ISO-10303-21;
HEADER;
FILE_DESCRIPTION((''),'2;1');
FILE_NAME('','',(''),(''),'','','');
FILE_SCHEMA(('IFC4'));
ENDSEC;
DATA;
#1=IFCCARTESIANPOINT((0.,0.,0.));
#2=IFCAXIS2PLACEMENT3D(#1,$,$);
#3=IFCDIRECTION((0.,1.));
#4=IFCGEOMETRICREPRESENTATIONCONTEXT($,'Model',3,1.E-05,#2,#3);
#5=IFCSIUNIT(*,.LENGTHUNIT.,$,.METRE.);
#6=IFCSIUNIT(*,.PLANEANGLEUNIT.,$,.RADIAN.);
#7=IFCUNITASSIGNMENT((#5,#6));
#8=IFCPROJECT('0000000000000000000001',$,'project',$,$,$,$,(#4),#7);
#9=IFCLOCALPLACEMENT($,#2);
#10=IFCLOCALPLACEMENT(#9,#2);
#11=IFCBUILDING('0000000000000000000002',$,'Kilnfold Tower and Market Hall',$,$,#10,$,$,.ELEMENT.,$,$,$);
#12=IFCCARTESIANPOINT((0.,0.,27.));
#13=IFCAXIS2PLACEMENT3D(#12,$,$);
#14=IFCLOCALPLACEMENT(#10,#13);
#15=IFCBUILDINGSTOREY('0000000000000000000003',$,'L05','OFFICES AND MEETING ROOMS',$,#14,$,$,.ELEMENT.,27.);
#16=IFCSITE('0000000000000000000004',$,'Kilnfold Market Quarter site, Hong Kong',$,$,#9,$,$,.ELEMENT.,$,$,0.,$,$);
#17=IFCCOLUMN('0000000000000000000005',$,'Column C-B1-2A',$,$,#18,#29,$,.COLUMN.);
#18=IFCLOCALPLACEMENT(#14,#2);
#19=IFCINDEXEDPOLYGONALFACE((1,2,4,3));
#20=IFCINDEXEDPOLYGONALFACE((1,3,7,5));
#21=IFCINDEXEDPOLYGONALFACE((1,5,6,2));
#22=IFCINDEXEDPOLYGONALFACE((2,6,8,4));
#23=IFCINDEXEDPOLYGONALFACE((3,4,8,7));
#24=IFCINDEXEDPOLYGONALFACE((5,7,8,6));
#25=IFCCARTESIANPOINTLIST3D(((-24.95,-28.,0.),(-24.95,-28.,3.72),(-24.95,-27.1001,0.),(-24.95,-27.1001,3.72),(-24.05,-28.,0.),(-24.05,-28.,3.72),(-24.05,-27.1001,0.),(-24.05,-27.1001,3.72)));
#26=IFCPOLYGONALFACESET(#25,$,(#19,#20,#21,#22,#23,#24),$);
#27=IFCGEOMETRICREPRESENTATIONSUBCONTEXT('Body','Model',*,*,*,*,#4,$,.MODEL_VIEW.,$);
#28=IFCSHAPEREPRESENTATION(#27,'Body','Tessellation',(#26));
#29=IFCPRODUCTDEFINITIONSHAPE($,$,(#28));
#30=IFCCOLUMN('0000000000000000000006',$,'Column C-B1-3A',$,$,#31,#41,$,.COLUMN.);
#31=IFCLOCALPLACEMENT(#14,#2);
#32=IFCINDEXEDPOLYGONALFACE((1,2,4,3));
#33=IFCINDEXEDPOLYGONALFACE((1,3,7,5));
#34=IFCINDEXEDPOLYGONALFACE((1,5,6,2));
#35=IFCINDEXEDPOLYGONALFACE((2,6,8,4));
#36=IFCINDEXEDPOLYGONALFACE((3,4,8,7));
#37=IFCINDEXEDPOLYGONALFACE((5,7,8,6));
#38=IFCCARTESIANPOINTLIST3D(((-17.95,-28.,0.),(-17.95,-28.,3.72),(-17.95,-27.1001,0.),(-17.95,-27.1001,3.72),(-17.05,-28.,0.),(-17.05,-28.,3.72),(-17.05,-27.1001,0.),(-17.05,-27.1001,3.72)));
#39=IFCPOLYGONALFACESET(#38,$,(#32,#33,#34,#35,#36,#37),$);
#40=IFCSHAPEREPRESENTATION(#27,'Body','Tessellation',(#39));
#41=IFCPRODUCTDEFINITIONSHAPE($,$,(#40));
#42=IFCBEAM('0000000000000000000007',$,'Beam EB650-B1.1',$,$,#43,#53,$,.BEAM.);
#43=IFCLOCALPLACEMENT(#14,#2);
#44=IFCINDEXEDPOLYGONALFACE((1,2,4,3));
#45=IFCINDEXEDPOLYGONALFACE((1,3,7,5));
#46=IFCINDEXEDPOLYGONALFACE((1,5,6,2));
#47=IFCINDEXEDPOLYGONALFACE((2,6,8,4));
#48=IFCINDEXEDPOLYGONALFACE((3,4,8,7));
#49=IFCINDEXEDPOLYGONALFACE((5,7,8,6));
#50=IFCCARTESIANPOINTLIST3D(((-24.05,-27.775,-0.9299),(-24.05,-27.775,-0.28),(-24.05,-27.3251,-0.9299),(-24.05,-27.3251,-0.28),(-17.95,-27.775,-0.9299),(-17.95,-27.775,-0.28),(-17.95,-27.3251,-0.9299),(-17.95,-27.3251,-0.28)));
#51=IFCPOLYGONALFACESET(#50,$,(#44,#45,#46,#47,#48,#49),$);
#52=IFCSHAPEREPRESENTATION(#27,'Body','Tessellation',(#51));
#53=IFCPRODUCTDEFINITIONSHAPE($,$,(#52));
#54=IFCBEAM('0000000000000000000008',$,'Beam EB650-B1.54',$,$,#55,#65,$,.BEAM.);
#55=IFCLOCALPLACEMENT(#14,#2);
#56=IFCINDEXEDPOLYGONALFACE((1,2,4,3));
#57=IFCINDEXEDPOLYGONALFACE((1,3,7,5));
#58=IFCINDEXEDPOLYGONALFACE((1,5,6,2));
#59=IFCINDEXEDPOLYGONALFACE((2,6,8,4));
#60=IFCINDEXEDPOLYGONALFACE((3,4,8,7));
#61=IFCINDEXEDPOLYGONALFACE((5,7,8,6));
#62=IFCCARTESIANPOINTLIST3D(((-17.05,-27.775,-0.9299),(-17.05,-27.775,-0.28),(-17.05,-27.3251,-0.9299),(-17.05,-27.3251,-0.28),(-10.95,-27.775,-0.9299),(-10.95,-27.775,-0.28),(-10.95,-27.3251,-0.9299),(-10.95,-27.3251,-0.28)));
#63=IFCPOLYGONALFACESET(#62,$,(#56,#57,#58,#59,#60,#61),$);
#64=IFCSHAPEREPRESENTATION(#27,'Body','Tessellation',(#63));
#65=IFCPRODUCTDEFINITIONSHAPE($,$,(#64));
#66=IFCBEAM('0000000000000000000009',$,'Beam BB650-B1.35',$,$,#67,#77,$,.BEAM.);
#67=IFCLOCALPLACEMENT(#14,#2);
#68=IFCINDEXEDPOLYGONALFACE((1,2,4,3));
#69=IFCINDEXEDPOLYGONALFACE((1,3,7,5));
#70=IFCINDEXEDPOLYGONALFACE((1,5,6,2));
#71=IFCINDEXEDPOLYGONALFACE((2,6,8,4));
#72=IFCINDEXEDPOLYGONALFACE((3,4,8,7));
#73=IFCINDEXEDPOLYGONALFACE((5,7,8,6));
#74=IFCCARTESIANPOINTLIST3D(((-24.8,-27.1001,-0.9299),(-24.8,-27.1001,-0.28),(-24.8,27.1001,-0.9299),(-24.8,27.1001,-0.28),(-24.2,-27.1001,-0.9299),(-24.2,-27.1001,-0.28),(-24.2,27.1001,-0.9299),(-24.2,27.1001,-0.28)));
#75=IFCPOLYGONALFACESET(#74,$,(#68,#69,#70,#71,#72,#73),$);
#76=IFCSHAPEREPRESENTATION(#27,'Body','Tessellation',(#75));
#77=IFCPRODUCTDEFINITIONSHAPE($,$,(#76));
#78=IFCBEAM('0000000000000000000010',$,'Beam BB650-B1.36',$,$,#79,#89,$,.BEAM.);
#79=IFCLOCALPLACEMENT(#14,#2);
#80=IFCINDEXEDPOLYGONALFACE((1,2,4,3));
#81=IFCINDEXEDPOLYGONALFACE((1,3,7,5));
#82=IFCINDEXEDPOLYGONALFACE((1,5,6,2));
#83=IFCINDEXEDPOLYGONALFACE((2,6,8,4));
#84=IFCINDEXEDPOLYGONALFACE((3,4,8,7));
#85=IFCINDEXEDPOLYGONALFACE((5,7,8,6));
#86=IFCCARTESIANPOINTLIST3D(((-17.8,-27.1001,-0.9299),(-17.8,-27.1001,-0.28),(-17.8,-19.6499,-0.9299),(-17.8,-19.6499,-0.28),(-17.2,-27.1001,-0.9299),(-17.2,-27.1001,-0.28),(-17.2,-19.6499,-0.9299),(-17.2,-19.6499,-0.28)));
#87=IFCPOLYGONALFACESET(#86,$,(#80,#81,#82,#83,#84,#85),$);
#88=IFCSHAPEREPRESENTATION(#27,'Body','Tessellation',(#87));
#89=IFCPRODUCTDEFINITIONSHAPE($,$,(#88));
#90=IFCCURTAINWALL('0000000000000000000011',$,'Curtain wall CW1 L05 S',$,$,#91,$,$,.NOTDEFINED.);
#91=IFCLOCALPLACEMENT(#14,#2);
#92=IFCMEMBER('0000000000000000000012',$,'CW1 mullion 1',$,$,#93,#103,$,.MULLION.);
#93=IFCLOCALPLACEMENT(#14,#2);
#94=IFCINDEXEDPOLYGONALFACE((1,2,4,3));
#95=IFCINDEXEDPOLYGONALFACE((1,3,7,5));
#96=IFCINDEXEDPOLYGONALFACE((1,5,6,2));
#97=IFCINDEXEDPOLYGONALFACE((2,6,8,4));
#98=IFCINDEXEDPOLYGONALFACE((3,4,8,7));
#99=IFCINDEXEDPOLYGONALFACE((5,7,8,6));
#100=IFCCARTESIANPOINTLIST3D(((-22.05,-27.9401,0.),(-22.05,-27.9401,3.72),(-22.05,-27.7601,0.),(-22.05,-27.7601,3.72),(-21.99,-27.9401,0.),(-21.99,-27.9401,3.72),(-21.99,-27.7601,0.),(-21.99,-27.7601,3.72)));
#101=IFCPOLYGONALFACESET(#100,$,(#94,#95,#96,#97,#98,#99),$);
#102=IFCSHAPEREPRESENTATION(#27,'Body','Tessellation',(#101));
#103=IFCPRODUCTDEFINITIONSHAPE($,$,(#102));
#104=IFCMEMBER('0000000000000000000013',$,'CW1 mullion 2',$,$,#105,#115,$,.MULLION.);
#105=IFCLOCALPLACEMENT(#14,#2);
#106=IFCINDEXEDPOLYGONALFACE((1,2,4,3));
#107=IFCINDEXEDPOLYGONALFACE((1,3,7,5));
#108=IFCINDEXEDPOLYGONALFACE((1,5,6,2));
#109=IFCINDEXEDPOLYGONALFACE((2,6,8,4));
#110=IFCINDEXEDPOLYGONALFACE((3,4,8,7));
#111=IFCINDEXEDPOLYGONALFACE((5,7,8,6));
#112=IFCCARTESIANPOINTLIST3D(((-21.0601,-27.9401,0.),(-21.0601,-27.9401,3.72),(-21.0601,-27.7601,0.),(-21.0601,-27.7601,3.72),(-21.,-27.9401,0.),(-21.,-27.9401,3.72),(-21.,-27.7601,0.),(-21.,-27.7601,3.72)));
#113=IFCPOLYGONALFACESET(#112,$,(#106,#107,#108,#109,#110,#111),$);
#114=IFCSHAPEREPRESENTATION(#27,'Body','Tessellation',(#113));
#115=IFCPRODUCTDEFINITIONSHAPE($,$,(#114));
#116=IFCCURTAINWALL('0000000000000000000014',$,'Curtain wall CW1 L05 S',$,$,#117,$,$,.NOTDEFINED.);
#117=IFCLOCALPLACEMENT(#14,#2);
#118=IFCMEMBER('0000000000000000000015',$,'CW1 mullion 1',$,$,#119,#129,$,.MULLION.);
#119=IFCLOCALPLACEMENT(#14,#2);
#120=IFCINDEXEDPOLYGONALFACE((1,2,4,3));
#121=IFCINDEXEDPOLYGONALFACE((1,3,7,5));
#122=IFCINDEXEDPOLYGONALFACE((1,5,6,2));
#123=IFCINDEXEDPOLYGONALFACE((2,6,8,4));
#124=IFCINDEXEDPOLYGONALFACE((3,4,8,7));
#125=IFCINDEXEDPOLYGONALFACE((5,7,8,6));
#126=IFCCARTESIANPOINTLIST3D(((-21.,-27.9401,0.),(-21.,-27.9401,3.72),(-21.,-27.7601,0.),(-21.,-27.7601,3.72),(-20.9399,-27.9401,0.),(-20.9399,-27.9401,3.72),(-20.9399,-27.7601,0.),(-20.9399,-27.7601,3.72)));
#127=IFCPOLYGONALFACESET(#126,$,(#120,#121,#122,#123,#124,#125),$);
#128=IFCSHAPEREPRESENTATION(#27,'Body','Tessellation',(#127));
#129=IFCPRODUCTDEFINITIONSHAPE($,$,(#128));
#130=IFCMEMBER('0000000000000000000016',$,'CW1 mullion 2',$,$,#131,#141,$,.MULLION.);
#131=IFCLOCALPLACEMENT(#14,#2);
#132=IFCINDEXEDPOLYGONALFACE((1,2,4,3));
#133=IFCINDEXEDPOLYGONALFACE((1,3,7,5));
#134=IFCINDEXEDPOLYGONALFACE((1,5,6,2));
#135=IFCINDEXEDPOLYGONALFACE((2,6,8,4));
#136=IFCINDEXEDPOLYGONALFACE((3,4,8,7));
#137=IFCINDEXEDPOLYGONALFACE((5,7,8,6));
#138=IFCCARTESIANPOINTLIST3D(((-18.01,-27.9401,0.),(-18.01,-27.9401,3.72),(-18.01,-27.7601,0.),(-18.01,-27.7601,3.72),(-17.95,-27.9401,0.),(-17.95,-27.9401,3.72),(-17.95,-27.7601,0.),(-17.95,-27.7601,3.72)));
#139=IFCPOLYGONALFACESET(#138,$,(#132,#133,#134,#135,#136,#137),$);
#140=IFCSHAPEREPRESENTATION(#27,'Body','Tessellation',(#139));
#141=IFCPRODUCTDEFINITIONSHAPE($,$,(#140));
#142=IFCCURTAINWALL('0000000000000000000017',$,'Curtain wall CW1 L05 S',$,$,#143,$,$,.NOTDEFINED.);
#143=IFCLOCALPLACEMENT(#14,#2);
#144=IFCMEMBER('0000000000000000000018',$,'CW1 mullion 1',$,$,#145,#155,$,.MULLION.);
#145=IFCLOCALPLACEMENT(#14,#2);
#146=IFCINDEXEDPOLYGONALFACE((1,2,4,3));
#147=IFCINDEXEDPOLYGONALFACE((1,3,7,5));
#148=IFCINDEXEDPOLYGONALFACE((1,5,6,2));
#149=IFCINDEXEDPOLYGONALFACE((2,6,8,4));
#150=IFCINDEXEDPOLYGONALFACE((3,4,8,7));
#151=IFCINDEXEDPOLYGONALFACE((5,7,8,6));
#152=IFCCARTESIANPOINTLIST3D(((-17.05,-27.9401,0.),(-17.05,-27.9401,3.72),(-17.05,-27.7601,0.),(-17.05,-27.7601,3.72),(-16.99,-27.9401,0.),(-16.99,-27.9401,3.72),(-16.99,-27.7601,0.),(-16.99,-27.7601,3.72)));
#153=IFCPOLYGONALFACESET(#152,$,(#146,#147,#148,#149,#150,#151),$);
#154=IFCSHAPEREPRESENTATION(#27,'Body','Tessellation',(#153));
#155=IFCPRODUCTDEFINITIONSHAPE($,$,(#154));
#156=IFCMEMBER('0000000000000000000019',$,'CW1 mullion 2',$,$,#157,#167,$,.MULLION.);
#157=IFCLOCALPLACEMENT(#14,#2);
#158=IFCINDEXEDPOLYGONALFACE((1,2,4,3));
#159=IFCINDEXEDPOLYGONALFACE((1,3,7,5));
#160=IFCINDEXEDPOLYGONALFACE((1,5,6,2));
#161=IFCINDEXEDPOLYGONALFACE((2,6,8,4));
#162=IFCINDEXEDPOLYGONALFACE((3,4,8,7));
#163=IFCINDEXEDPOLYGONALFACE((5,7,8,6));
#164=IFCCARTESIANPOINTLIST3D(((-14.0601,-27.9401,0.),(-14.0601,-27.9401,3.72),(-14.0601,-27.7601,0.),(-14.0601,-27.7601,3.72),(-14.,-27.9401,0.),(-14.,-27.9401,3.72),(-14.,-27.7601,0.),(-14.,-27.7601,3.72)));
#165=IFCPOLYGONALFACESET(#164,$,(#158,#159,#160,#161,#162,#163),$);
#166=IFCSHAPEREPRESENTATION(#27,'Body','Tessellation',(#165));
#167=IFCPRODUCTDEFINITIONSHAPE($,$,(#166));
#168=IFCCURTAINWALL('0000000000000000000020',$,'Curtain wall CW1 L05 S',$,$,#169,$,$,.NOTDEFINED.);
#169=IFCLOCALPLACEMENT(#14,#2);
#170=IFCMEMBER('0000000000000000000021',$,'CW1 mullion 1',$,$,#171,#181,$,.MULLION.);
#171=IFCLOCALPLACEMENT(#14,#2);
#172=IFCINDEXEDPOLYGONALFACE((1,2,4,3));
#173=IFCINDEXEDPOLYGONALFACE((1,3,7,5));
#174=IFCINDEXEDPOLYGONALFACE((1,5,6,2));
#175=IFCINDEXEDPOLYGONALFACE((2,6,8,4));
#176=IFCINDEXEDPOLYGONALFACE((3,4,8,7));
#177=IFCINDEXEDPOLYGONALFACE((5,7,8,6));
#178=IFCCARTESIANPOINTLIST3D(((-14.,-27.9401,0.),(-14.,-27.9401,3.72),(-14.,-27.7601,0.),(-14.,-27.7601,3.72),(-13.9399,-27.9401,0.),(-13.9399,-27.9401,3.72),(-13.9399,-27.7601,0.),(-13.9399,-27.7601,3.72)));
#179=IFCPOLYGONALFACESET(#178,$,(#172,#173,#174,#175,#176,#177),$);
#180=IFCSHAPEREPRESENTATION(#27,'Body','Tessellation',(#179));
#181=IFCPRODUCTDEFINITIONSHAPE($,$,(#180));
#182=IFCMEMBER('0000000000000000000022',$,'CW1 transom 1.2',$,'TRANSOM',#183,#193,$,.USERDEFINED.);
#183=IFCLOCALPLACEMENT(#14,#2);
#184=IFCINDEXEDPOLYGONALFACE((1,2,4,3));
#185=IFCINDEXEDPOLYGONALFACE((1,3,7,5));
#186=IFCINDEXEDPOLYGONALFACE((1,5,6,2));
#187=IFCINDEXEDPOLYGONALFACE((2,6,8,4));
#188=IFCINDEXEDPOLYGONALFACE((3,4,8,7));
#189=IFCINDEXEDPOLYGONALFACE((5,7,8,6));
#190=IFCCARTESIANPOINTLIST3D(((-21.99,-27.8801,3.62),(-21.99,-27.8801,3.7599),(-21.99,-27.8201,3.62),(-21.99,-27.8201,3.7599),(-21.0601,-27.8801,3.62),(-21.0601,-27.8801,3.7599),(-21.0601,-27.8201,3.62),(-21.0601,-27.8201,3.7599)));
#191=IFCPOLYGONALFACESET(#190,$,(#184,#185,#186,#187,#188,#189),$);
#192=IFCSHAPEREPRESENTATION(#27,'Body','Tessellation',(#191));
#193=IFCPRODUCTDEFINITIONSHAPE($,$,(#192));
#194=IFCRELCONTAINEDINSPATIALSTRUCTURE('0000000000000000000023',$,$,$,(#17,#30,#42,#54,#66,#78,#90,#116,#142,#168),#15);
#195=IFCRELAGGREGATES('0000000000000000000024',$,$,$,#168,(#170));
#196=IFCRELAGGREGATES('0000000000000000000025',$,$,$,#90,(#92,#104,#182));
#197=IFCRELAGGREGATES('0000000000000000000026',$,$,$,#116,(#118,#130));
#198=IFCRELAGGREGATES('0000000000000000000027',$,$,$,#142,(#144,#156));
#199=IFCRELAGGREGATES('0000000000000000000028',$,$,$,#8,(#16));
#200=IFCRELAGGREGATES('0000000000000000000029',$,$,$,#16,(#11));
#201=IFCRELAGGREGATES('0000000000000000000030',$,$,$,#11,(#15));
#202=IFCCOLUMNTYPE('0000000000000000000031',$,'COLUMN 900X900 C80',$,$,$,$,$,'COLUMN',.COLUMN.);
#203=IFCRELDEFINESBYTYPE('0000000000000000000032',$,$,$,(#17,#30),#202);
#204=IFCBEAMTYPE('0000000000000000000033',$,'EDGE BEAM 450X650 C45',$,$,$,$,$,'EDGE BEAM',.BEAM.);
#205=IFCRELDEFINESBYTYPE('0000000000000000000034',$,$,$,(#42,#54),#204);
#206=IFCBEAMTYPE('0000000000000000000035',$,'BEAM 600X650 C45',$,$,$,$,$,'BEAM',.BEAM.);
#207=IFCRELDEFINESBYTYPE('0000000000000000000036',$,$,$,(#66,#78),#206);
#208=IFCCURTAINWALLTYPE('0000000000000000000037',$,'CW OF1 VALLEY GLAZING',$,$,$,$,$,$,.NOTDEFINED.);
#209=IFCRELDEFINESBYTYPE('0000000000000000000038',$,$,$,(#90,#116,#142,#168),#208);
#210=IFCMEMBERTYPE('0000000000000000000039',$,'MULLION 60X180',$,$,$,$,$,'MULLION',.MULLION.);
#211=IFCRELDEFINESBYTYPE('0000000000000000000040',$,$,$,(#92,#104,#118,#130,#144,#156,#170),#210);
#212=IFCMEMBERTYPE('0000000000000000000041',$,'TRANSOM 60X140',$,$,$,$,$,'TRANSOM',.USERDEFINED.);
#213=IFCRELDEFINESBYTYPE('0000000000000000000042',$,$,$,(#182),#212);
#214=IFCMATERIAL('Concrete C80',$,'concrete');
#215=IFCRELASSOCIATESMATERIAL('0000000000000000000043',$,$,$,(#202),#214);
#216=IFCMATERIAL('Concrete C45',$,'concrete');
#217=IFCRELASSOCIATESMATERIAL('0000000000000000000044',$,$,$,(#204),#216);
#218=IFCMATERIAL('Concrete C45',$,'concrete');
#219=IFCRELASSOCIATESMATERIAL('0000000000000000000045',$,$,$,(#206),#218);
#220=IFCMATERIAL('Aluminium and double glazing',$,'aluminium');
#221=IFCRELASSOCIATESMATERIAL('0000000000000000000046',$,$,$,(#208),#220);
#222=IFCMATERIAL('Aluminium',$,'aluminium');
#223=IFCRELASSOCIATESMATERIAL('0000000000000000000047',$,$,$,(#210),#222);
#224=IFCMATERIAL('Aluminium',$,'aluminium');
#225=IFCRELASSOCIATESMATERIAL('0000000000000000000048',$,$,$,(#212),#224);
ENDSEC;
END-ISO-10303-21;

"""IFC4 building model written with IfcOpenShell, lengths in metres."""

from ifc_helpers import new_model, si_unit, direction, frame, origin, origin_2d, place, context, subcontext, project, spatial, rectangle, extrude, source, transform, mapped, material, material_profile, profile_set, type_object, element, aggregate, save


model = new_model("IFC4")

# Units and contexts
model_context = context("Model", 3, precision=1e-05, world=origin(), true_north=direction((0.0, 1.0)))
body_context = subcontext(model_context, "Body", "Model", "MODEL_VIEW")
ifc_project = project(units=[si_unit("LENGTHUNIT", "METRE"), si_unit("PLANEANGLEUNIT", "RADIAN")], contexts=[model_context])

# Site, building, storey
site_placement = place(None, origin())
site = spatial("IfcSite", under=ifc_project, at=site_placement, Name="Kilnfold Market Quarter site, Hong Kong", CompositionType="ELEMENT", RefElevation=0.0)
building_placement = place(site_placement, origin())
building = spatial("IfcBuilding", under=site, at=building_placement, Name="Kilnfold Tower and Market Hall", CompositionType="ELEMENT")
storey_placement = place(building_placement, frame((0.0, 0.0, 27.0)))
storey = spatial("IfcBuildingStorey", under=building, at=storey_placement, Name="L05", Description="OFFICES AND MEETING ROOMS", CompositionType="ELEMENT", Elevation=27.0)

# Columns
ifc_material_1 = material(Name="Concrete C80", Category="concrete")
ifc_material_profile_1 = material_profile(ifc_material_1, rectangle(XDim=0.8999, YDim=0.8999, at=origin_2d()), Name="RC 900x900")
ifc_profile_set_1 = profile_set([ifc_material_profile_1], Name="Concrete C80")
column_type = type_object("IfcColumnType", Name="COLUMN 900X900 C80", ElementType="COLUMN", PredefinedType="COLUMN", material=ifc_profile_set_1)
shared_shape_1 = source(origin(), body_context, "Body", "SweptSolid", [
    extrude(rectangle(XDim=0.8999, YDim=0.8999, at=origin_2d()), origin(), (0.0, 0.0, 1.0), 3.72),
])
for number, where, z_axis, x_axis, name in (
    (1, (-24.5, -27.55, 0.0), (0.0, 0.0, 1.0), (1.0, 0.0, 0.0), "Column C-B1-2A"),
    (2, (-17.5, -27.55, 0.0), (0.0, 0.0, 1.0), (1.0, 0.0, 0.0), "Column C-B1-3A"),
):
    element("IfcColumn", number, at=place(storey_placement, frame(where, z_axis=z_axis, x_axis=x_axis)), inside=storey, type_object=column_type, Name=name, PredefinedType="COLUMN", context=body_context, shape_type="MappedRepresentation", body=[
        mapped(shared_shape_1, transform((0.0, 0.0, 0.0))),
    ])

# Beams
ifc_material_2 = material(Name="Concrete C45", Category="concrete")
ifc_material_profile_2 = material_profile(ifc_material_2, rectangle(XDim=0.45, YDim=0.6499, at=origin_2d()), Name="RC 450x650")
ifc_profile_set_2 = profile_set([ifc_material_profile_2], Name="Concrete C45")
beam_type_1 = type_object("IfcBeamType", Name="EDGE BEAM 450X650 C45", ElementType="EDGE BEAM", PredefinedType="BEAM", material=ifc_profile_set_2)
shared_shape_2 = source(origin(), body_context, "Body", "SweptSolid", [
    extrude(rectangle(XDim=0.45, YDim=0.6499, at=origin_2d()), origin(), (0.0, 0.0, 1.0), 6.1001),
])
for number, where, z_axis, x_axis, name in (
    (3, (-24.05, -27.55, -0.605), (1.0, 0.0, 0.0), (0.0, 1.0, 0.0), "Beam EB650-B1.1"),
    (4, (-17.05, -27.55, -0.605), (1.0, 0.0, 0.0), (0.0, 1.0, 0.0), "Beam EB650-B1.54"),
):
    element("IfcBeam", number, at=place(storey_placement, frame(where, z_axis=z_axis, x_axis=x_axis)), inside=storey, type_object=beam_type_1, Name=name, PredefinedType="BEAM", context=body_context, shape_type="MappedRepresentation", body=[
        mapped(shared_shape_2, transform((0.0, 0.0, 0.0))),
    ])
ifc_material_3 = material(Name="Concrete C45", Category="concrete")
ifc_material_profile_3 = material_profile(ifc_material_3, rectangle(XDim=0.6001, YDim=0.6499, at=origin_2d()), Name="RC 600x650")
ifc_profile_set_3 = profile_set([ifc_material_profile_3], Name="Concrete C45")
beam_type_2 = type_object("IfcBeamType", Name="BEAM 600X650 C45", ElementType="BEAM", PredefinedType="BEAM", material=ifc_profile_set_3)
shared_shape_3 = source(origin(), body_context, "Body", "SweptSolid", [
    extrude(rectangle(XDim=0.6001, YDim=0.6499, at=origin_2d()), origin(), (0.0, 0.0, 1.0), 54.2002),
])
beam_1_placement = place(storey_placement, frame((-24.5, -27.1001, -0.605), z_axis=(0.0, 1.0, 0.0), x_axis=(-1.0, 0.0, 0.0)))
element("IfcBeam", 5, at=beam_1_placement, inside=storey, type_object=beam_type_2, Name="Beam BB650-B1.35", PredefinedType="BEAM", context=body_context, shape_type="MappedRepresentation", body=[
    mapped(shared_shape_3, transform((0.0, 0.0, 0.0))),
])
shared_shape_4 = source(origin(), body_context, "Body", "SweptSolid", [
    extrude(rectangle(XDim=0.6001, YDim=0.6499, at=origin_2d()), origin(), (0.0, 0.0, 1.0), 7.4502),
])
beam_2_placement = place(storey_placement, frame((-17.5, -27.1001, -0.605), z_axis=(0.0, 1.0, 0.0), x_axis=(-1.0, 0.0, 0.0)))
element("IfcBeam", 6, at=beam_2_placement, inside=storey, type_object=beam_type_2, Name="Beam BB650-B1.36", PredefinedType="BEAM", context=body_context, shape_type="MappedRepresentation", body=[
    mapped(shared_shape_4, transform((0.0, 0.0, 0.0))),
])

# Curtain walls, members
ifc_material_4 = material(Name="Aluminium and double glazing", Category="aluminium")
curtain_wall_type = type_object("IfcCurtainWallType", Name="CW OF1 VALLEY GLAZING", PredefinedType="NOTDEFINED", material=ifc_material_4)
curtain_wall_1_placement = place(storey_placement, origin())
curtain_wall_1 = element("IfcCurtainWall", 7, at=curtain_wall_1_placement, inside=storey, type_object=curtain_wall_type, Name="Curtain wall CW1 L05 S", PredefinedType="NOTDEFINED")
ifc_material_5 = material(Name="Aluminium", Category="aluminium")
ifc_material_profile_4 = material_profile(ifc_material_5, rectangle(XDim=0.0601, YDim=0.1799, at=origin_2d()), Name="MULLION 60x180")
ifc_profile_set_4 = profile_set([ifc_material_profile_4], Name="Aluminium")
member_type_1 = type_object("IfcMemberType", Name="MULLION 60X180", ElementType="MULLION", PredefinedType="MULLION", material=ifc_profile_set_4)
shared_shape_5 = source(origin(), body_context, "Body", "SweptSolid", [
    extrude(rectangle(XDim=0.0601, YDim=0.1799, at=origin_2d()), origin(), (0.0, 0.0, 1.0), 3.72),
])
member_1_placement = place(storey_placement, frame((-22.02, -27.8501, 0.0), z_axis=(0.0, 0.0, 1.0), x_axis=(1.0, 0.0, 0.0)))
member_1 = element("IfcMember", 8, at=member_1_placement, type_object=member_type_1, Name="CW1 mullion 1", PredefinedType="MULLION", context=body_context, shape_type="MappedRepresentation", body=[
    mapped(shared_shape_5, transform((0.0, 0.0, 0.0))),
])
member_2_placement = place(storey_placement, frame((-21.03, -27.8501, 0.0), z_axis=(0.0, 0.0, 1.0), x_axis=(1.0, 0.0, 0.0)))
member_2 = element("IfcMember", 9, at=member_2_placement, type_object=member_type_1, Name="CW1 mullion 2", PredefinedType="MULLION", context=body_context, shape_type="MappedRepresentation", body=[
    mapped(shared_shape_5, transform((0.0, 0.0, 0.0))),
])
curtain_wall_2_placement = place(storey_placement, origin())
curtain_wall_2 = element("IfcCurtainWall", 10, at=curtain_wall_2_placement, inside=storey, type_object=curtain_wall_type, Name="Curtain wall CW1 L05 S", PredefinedType="NOTDEFINED")
member_3_placement = place(storey_placement, frame((-20.97, -27.8501, 0.0), z_axis=(0.0, 0.0, 1.0), x_axis=(1.0, 0.0, 0.0)))
member_3 = element("IfcMember", 11, at=member_3_placement, type_object=member_type_1, Name="CW1 mullion 1", PredefinedType="MULLION", context=body_context, shape_type="MappedRepresentation", body=[
    mapped(shared_shape_5, transform((0.0, 0.0, 0.0))),
])
member_4_placement = place(storey_placement, frame((-17.98, -27.8501, 0.0), z_axis=(0.0, 0.0, 1.0), x_axis=(1.0, 0.0, 0.0)))
member_4 = element("IfcMember", 12, at=member_4_placement, type_object=member_type_1, Name="CW1 mullion 2", PredefinedType="MULLION", context=body_context, shape_type="MappedRepresentation", body=[
    mapped(shared_shape_5, transform((0.0, 0.0, 0.0))),
])
curtain_wall_3_placement = place(storey_placement, origin())
curtain_wall_3 = element("IfcCurtainWall", 13, at=curtain_wall_3_placement, inside=storey, type_object=curtain_wall_type, Name="Curtain wall CW1 L05 S", PredefinedType="NOTDEFINED")
member_5_placement = place(storey_placement, frame((-17.02, -27.8501, 0.0), z_axis=(0.0, 0.0, 1.0), x_axis=(1.0, 0.0, 0.0)))
member_5 = element("IfcMember", 14, at=member_5_placement, type_object=member_type_1, Name="CW1 mullion 1", PredefinedType="MULLION", context=body_context, shape_type="MappedRepresentation", body=[
    mapped(shared_shape_5, transform((0.0, 0.0, 0.0))),
])
member_6_placement = place(storey_placement, frame((-14.03, -27.8501, 0.0), z_axis=(0.0, 0.0, 1.0), x_axis=(1.0, 0.0, 0.0)))
member_6 = element("IfcMember", 15, at=member_6_placement, type_object=member_type_1, Name="CW1 mullion 2", PredefinedType="MULLION", context=body_context, shape_type="MappedRepresentation", body=[
    mapped(shared_shape_5, transform((0.0, 0.0, 0.0))),
])

# Curtain wall, member
curtain_wall_4_placement = place(storey_placement, origin())
curtain_wall_4 = element("IfcCurtainWall", 16, at=curtain_wall_4_placement, inside=storey, type_object=curtain_wall_type, Name="Curtain wall CW1 L05 S", PredefinedType="NOTDEFINED")
member_7_placement = place(storey_placement, frame((-13.97, -27.8501, 0.0), z_axis=(0.0, 0.0, 1.0), x_axis=(1.0, 0.0, 0.0)))
member_7 = element("IfcMember", 17, at=member_7_placement, type_object=member_type_1, Name="CW1 mullion 1", PredefinedType="MULLION", context=body_context, shape_type="MappedRepresentation", body=[
    mapped(shared_shape_5, transform((0.0, 0.0, 0.0))),
])

# Member
ifc_material_6 = material(Name="Aluminium", Category="aluminium")
ifc_material_profile_5 = material_profile(ifc_material_6, rectangle(XDim=0.0601, YDim=0.1399, at=origin_2d()), Name="TRANSOM 60x140")
ifc_profile_set_5 = profile_set([ifc_material_profile_5], Name="Aluminium")
member_type_2 = type_object("IfcMemberType", Name="TRANSOM 60X140", ElementType="TRANSOM", PredefinedType="USERDEFINED", material=ifc_profile_set_5)
shared_shape_6 = source(origin(), body_context, "Body", "SweptSolid", [
    extrude(rectangle(XDim=0.0601, YDim=0.1399, at=origin_2d()), origin(), (0.0, 0.0, 1.0), 0.9299),
])
member_8_placement = place(storey_placement, frame((-21.99, -27.8501, 3.6899), z_axis=(1.0, 0.0, 0.0), x_axis=(0.0, 1.0, 0.0)))
member_8 = element("IfcMember", 18, at=member_8_placement, type_object=member_type_2, Name="CW1 transom 1.2", ObjectType="TRANSOM", PredefinedType="USERDEFINED", context=body_context, shape_type="MappedRepresentation", body=[
    mapped(shared_shape_6, transform((0.0, 0.0, 0.0))),
])
aggregate(curtain_wall_4, [member_7])

aggregate(curtain_wall_1, [member_1, member_2, member_8])
aggregate(curtain_wall_2, [member_3, member_4])
aggregate(curtain_wall_3, [member_5, member_6])

save(model, "model.ifc")
